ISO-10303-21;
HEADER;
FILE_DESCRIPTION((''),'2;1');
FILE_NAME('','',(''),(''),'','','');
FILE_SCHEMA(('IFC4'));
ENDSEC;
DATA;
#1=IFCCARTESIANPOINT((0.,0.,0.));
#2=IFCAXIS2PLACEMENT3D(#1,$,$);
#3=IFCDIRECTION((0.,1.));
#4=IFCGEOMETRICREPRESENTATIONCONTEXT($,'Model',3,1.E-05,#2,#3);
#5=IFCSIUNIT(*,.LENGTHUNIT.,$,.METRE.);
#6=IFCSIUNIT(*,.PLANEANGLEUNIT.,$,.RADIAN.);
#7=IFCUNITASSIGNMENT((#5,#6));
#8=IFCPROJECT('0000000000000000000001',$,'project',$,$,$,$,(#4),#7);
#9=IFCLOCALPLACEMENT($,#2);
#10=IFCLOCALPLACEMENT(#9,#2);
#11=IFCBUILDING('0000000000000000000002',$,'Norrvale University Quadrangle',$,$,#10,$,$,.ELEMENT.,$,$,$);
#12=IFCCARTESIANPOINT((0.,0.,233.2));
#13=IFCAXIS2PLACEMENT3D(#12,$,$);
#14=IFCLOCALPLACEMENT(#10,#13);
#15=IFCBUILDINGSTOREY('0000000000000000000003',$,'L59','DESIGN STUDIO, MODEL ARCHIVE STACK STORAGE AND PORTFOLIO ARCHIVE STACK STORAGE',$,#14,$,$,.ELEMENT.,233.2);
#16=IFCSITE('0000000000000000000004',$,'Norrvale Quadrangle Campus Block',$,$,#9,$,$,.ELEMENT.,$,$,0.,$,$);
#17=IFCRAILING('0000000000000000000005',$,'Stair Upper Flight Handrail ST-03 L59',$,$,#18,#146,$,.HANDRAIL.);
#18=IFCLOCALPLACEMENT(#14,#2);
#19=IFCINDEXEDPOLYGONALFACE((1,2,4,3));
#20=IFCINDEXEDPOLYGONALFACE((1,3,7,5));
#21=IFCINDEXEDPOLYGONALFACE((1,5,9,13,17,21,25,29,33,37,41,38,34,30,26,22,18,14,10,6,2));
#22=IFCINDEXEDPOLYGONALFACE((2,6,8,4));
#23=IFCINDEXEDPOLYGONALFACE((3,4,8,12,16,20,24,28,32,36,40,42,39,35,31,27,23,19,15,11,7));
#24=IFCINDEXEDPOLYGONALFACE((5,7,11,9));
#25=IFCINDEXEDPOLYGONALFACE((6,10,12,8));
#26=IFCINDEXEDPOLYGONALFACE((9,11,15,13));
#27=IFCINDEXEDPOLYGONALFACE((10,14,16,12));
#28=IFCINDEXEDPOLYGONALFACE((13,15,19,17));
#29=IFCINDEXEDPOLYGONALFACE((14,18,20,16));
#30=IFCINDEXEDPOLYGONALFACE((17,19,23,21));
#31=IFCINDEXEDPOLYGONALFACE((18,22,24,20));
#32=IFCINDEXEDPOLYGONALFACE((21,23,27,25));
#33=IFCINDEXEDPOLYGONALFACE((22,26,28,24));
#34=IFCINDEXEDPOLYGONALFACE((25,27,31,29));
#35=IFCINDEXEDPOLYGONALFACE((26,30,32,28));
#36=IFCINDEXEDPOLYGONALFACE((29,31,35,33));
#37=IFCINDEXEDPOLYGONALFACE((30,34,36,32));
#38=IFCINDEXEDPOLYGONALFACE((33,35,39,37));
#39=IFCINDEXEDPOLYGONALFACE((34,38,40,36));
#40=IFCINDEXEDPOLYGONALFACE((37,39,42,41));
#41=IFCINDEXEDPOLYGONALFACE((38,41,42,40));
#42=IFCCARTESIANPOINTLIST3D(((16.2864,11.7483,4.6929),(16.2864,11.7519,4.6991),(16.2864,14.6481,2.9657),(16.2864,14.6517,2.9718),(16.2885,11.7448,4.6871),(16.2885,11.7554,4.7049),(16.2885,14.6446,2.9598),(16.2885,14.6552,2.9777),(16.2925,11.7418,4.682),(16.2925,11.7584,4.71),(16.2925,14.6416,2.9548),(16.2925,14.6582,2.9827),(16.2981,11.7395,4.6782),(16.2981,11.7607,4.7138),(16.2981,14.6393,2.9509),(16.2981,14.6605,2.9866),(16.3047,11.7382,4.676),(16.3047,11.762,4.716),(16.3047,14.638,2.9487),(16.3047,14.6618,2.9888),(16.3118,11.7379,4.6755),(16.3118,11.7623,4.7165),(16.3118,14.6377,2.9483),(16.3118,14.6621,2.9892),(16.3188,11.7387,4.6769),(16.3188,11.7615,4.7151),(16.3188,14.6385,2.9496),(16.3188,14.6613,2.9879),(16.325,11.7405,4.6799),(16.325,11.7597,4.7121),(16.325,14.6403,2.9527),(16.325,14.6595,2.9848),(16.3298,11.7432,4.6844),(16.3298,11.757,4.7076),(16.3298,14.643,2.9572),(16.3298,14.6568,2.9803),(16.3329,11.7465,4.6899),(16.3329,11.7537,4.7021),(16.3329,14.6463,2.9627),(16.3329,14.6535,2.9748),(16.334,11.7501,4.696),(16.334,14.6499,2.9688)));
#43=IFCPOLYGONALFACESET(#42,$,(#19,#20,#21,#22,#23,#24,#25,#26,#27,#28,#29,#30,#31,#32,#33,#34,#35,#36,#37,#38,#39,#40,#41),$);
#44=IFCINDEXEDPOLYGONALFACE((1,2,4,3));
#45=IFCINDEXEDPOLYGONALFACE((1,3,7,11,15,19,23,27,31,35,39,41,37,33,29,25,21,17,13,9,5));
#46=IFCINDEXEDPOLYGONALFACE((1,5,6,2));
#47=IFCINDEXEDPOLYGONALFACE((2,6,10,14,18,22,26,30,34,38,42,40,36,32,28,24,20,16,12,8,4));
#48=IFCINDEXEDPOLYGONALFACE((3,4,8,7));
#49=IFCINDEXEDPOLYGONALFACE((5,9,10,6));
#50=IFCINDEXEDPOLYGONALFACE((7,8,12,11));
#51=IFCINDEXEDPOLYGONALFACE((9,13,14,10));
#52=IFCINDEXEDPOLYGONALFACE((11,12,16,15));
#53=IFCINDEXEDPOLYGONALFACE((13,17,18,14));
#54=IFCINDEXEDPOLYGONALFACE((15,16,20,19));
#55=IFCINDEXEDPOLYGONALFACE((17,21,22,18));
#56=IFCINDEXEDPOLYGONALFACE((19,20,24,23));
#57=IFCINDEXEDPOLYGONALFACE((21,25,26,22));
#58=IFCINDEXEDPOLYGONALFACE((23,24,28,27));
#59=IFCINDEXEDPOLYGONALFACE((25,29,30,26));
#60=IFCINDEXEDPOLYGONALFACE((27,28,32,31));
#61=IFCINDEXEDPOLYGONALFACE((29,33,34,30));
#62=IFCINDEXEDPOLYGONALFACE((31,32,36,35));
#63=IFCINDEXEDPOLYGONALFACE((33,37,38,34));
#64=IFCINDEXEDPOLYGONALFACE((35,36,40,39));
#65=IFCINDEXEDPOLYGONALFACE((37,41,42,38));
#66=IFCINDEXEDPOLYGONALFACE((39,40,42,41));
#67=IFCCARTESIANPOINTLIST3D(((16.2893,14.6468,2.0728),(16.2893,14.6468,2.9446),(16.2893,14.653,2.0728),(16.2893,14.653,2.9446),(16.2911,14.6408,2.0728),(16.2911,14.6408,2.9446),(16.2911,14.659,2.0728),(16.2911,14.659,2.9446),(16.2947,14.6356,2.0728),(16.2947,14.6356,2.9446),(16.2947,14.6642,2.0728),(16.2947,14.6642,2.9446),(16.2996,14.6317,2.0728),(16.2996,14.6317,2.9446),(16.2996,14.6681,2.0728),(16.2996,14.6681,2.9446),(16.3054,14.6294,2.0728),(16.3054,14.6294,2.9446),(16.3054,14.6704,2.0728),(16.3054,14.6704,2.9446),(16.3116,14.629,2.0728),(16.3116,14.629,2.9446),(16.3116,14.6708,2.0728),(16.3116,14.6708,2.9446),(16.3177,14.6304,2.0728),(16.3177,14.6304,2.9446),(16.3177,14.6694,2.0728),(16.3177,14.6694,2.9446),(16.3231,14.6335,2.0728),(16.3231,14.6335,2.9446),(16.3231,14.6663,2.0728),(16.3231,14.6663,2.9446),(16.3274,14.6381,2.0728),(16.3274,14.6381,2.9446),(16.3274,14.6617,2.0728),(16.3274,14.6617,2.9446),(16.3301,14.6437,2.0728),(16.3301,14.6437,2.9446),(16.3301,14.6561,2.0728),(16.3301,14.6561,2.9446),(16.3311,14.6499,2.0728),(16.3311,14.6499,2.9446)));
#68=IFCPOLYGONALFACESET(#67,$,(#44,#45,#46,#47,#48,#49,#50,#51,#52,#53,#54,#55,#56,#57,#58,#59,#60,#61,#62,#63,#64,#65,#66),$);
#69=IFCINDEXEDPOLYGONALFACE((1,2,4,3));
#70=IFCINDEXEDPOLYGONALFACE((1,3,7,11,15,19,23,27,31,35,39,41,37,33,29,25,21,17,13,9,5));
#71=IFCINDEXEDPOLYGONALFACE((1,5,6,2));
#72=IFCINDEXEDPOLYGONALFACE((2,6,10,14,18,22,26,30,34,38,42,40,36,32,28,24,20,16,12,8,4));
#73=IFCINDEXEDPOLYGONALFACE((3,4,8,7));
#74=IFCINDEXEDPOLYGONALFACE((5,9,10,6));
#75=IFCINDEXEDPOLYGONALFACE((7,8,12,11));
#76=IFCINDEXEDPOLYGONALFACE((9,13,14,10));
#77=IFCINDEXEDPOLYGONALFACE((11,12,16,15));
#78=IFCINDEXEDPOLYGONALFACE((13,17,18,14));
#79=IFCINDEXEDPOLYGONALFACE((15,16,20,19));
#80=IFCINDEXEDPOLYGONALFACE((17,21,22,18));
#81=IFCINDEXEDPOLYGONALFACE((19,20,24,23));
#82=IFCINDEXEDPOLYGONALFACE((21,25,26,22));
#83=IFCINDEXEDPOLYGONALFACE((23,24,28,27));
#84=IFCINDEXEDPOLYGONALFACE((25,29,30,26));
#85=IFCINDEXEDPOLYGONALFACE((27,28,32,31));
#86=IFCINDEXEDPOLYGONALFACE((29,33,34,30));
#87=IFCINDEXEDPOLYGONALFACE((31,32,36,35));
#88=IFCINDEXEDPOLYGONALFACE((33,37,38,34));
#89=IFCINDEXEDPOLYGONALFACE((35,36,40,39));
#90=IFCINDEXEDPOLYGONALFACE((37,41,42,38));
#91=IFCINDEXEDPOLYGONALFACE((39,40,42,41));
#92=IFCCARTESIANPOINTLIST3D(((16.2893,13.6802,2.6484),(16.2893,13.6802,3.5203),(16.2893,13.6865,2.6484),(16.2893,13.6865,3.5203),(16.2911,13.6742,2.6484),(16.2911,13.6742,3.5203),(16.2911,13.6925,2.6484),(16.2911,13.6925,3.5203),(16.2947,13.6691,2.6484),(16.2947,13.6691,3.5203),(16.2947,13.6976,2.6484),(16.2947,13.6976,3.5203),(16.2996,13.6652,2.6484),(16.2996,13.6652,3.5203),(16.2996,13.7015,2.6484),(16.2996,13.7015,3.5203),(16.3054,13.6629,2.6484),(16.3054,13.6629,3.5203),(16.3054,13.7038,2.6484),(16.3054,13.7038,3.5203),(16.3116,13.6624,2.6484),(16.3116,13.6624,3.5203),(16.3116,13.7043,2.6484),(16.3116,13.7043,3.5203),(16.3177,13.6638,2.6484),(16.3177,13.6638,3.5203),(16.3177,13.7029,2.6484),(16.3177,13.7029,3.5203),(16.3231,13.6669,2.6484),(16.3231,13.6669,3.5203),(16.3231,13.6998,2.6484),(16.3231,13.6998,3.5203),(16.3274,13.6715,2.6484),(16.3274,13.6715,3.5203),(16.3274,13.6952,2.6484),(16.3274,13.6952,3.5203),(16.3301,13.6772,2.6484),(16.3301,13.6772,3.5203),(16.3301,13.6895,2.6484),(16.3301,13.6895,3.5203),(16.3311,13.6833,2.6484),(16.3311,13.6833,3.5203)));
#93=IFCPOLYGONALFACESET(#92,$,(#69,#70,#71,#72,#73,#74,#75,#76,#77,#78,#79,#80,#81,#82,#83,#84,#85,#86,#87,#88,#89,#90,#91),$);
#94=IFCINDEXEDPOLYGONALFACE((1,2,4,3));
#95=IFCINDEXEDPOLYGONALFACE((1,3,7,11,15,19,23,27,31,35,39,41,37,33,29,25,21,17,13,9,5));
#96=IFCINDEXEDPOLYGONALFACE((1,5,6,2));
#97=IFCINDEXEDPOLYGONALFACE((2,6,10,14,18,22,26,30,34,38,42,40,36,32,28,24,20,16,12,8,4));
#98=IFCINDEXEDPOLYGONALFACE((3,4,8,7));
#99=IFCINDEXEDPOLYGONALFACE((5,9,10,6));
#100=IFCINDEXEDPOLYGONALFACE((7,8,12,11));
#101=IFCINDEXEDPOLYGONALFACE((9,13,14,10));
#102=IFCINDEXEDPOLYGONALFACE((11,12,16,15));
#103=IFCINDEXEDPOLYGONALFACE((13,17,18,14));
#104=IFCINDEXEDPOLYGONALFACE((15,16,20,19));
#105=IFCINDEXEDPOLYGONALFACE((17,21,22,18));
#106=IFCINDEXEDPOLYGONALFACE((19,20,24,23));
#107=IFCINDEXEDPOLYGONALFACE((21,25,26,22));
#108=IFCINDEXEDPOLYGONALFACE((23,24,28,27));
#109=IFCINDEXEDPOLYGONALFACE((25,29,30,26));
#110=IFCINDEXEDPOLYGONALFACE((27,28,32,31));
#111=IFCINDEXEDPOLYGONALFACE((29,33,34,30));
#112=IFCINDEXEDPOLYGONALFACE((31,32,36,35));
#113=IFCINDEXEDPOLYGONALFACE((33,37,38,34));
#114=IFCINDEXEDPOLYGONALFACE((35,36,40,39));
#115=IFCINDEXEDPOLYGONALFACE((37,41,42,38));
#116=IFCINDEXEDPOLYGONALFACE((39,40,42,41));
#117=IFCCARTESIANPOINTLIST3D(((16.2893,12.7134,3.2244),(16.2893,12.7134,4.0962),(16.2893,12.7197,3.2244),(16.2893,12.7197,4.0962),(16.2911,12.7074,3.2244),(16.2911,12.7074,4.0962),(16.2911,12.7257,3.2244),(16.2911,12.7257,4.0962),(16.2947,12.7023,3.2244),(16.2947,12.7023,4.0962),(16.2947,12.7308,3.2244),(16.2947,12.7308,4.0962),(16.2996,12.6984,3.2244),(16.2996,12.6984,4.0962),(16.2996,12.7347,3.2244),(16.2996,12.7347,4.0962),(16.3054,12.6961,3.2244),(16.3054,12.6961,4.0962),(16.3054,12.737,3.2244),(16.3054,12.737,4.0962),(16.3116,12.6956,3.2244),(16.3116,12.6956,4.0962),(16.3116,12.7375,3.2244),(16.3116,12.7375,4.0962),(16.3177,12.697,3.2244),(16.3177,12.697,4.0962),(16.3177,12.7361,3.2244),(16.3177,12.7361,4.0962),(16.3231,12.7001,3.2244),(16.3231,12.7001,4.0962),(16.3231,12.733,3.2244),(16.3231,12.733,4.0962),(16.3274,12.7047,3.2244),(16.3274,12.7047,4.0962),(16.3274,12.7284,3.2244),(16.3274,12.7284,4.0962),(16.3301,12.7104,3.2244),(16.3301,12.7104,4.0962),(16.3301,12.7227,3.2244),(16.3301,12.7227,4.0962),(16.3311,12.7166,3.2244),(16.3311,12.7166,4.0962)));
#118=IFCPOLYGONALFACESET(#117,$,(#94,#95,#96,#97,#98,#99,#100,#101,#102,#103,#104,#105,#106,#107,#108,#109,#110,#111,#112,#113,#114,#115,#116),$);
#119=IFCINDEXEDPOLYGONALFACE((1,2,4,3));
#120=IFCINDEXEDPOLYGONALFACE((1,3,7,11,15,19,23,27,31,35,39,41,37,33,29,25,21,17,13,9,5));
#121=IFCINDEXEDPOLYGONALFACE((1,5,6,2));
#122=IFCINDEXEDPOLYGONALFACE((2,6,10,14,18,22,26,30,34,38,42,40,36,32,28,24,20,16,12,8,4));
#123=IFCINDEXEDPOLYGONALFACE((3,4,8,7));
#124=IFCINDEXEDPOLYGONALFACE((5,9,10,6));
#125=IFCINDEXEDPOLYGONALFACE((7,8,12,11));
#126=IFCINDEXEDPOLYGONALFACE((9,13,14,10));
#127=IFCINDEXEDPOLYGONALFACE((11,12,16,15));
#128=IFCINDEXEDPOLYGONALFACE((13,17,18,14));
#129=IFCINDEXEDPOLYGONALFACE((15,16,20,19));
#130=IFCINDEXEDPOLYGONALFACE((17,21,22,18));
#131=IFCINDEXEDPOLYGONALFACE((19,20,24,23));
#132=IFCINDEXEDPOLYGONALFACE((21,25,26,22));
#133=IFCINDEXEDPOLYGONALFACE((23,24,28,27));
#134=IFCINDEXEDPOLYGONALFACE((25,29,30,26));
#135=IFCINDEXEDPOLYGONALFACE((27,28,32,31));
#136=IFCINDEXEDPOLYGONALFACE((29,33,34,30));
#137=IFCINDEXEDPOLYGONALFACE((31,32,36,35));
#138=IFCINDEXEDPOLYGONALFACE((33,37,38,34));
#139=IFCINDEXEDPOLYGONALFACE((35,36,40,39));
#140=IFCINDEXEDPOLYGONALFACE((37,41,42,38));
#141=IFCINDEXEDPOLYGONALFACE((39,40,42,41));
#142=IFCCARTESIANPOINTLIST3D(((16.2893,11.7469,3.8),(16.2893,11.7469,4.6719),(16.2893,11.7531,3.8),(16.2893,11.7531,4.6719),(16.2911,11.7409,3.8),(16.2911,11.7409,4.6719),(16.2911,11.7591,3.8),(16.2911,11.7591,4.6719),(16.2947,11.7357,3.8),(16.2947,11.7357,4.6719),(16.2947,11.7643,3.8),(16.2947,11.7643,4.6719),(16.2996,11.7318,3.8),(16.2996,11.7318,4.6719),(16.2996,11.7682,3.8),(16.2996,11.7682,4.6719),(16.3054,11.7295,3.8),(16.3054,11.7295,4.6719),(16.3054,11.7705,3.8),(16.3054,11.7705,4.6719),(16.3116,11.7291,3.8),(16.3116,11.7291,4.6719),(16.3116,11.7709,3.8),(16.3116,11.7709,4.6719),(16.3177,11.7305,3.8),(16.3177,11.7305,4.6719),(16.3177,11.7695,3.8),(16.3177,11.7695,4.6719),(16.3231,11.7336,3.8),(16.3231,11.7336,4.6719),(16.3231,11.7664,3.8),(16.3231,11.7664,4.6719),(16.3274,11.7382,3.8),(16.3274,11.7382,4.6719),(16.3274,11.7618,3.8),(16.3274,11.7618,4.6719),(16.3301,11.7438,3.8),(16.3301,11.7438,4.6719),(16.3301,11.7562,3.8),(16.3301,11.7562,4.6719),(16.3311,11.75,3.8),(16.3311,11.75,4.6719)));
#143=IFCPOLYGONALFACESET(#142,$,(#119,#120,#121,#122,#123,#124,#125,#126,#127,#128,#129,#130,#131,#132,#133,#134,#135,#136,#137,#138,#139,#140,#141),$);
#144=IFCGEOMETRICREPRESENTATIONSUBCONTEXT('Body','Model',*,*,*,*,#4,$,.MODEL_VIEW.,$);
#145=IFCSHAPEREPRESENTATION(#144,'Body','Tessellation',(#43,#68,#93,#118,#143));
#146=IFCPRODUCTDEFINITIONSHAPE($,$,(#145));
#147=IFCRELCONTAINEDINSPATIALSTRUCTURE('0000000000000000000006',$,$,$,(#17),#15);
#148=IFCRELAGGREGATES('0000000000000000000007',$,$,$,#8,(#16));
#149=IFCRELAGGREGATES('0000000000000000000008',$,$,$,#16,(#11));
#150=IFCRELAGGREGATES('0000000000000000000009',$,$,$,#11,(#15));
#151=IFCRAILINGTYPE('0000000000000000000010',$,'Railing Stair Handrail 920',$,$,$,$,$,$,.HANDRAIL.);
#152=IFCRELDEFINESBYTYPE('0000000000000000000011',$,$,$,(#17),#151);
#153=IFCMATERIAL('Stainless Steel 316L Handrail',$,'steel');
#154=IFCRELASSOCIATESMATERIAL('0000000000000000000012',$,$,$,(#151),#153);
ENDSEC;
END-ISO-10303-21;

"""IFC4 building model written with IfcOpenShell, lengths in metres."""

from ifc_helpers import new_model, si_unit, direction, frame, origin, origin_2d, place, context, subcontext, project, spatial, circle, extrude, material, type_object, element, save


model = new_model("IFC4")

# Units and contexts
model_context = context("Model", 3, precision=1e-05, world=origin(), true_north=direction((0.0, 1.0)))
body_context = subcontext(model_context, "Body", "Model", "MODEL_VIEW")
ifc_project = project(units=[si_unit("LENGTHUNIT", "METRE"), si_unit("PLANEANGLEUNIT", "RADIAN")], contexts=[model_context])

# Site, building, storey
site_placement = place(None, origin())
site = spatial("IfcSite", under=ifc_project, at=site_placement, Name="Norrvale Quadrangle Campus Block", CompositionType="ELEMENT", RefElevation=0.0)
building_placement = place(site_placement, origin())
building = spatial("IfcBuilding", under=site, at=building_placement, Name="Norrvale University Quadrangle", CompositionType="ELEMENT")
storey_placement = place(building_placement, frame((0.0, 0.0, 233.2)))
storey = spatial("IfcBuildingStorey", under=building, at=storey_placement, Name="L59", Description="DESIGN STUDIO, MODEL ARCHIVE STACK STORAGE AND PORTFOLIO ARCHIVE STACK STORAGE", CompositionType="ELEMENT", Elevation=233.2)

# Railing
ifc_material_1 = material(Name="Stainless Steel 316L Handrail", Category="steel")
railing_type_1 = type_object("IfcRailingType", Name="Railing Stair Handrail 920", PredefinedType="HANDRAIL", material=ifc_material_1)
railing_1_placement = place(storey_placement, frame((16.3101, 14.6499, 2.0728)))
element("IfcRailing", 1, at=railing_1_placement, inside=storey, type_object=railing_type_1, Name="Stair Upper Flight Handrail ST-03 L59", PredefinedType="HANDRAIL", context=body_context, shape_type="SweptSolid", body=[
    extrude(circle(Radius=0.0239, at=origin_2d()), frame((0.0, 0.0, 0.896), z_axis=(0.0, -0.859141, 0.511738), x_axis=(1.0, 0.0, 0.0)), (0.0, 0.0, 1.0), 3.3752),
    extrude(circle(Radius=0.021, at=origin_2d()), origin(), (0.0, 0.0, 1.0), 0.8718),
    extrude(circle(Radius=0.021, at=origin_2d()), frame((0.0, -0.9666, 0.5757)), (0.0, 0.0, 1.0), 0.8718),
    extrude(circle(Radius=0.021, at=origin_2d()), frame((0.0, -1.9333, 1.1516)), (0.0, 0.0, 1.0), 0.8718),
    extrude(circle(Radius=0.021, at=origin_2d()), frame((0.0, -2.8999, 1.7273)), (0.0, 0.0, 1.0), 0.8718),
])

save(model, "model.ifc")
